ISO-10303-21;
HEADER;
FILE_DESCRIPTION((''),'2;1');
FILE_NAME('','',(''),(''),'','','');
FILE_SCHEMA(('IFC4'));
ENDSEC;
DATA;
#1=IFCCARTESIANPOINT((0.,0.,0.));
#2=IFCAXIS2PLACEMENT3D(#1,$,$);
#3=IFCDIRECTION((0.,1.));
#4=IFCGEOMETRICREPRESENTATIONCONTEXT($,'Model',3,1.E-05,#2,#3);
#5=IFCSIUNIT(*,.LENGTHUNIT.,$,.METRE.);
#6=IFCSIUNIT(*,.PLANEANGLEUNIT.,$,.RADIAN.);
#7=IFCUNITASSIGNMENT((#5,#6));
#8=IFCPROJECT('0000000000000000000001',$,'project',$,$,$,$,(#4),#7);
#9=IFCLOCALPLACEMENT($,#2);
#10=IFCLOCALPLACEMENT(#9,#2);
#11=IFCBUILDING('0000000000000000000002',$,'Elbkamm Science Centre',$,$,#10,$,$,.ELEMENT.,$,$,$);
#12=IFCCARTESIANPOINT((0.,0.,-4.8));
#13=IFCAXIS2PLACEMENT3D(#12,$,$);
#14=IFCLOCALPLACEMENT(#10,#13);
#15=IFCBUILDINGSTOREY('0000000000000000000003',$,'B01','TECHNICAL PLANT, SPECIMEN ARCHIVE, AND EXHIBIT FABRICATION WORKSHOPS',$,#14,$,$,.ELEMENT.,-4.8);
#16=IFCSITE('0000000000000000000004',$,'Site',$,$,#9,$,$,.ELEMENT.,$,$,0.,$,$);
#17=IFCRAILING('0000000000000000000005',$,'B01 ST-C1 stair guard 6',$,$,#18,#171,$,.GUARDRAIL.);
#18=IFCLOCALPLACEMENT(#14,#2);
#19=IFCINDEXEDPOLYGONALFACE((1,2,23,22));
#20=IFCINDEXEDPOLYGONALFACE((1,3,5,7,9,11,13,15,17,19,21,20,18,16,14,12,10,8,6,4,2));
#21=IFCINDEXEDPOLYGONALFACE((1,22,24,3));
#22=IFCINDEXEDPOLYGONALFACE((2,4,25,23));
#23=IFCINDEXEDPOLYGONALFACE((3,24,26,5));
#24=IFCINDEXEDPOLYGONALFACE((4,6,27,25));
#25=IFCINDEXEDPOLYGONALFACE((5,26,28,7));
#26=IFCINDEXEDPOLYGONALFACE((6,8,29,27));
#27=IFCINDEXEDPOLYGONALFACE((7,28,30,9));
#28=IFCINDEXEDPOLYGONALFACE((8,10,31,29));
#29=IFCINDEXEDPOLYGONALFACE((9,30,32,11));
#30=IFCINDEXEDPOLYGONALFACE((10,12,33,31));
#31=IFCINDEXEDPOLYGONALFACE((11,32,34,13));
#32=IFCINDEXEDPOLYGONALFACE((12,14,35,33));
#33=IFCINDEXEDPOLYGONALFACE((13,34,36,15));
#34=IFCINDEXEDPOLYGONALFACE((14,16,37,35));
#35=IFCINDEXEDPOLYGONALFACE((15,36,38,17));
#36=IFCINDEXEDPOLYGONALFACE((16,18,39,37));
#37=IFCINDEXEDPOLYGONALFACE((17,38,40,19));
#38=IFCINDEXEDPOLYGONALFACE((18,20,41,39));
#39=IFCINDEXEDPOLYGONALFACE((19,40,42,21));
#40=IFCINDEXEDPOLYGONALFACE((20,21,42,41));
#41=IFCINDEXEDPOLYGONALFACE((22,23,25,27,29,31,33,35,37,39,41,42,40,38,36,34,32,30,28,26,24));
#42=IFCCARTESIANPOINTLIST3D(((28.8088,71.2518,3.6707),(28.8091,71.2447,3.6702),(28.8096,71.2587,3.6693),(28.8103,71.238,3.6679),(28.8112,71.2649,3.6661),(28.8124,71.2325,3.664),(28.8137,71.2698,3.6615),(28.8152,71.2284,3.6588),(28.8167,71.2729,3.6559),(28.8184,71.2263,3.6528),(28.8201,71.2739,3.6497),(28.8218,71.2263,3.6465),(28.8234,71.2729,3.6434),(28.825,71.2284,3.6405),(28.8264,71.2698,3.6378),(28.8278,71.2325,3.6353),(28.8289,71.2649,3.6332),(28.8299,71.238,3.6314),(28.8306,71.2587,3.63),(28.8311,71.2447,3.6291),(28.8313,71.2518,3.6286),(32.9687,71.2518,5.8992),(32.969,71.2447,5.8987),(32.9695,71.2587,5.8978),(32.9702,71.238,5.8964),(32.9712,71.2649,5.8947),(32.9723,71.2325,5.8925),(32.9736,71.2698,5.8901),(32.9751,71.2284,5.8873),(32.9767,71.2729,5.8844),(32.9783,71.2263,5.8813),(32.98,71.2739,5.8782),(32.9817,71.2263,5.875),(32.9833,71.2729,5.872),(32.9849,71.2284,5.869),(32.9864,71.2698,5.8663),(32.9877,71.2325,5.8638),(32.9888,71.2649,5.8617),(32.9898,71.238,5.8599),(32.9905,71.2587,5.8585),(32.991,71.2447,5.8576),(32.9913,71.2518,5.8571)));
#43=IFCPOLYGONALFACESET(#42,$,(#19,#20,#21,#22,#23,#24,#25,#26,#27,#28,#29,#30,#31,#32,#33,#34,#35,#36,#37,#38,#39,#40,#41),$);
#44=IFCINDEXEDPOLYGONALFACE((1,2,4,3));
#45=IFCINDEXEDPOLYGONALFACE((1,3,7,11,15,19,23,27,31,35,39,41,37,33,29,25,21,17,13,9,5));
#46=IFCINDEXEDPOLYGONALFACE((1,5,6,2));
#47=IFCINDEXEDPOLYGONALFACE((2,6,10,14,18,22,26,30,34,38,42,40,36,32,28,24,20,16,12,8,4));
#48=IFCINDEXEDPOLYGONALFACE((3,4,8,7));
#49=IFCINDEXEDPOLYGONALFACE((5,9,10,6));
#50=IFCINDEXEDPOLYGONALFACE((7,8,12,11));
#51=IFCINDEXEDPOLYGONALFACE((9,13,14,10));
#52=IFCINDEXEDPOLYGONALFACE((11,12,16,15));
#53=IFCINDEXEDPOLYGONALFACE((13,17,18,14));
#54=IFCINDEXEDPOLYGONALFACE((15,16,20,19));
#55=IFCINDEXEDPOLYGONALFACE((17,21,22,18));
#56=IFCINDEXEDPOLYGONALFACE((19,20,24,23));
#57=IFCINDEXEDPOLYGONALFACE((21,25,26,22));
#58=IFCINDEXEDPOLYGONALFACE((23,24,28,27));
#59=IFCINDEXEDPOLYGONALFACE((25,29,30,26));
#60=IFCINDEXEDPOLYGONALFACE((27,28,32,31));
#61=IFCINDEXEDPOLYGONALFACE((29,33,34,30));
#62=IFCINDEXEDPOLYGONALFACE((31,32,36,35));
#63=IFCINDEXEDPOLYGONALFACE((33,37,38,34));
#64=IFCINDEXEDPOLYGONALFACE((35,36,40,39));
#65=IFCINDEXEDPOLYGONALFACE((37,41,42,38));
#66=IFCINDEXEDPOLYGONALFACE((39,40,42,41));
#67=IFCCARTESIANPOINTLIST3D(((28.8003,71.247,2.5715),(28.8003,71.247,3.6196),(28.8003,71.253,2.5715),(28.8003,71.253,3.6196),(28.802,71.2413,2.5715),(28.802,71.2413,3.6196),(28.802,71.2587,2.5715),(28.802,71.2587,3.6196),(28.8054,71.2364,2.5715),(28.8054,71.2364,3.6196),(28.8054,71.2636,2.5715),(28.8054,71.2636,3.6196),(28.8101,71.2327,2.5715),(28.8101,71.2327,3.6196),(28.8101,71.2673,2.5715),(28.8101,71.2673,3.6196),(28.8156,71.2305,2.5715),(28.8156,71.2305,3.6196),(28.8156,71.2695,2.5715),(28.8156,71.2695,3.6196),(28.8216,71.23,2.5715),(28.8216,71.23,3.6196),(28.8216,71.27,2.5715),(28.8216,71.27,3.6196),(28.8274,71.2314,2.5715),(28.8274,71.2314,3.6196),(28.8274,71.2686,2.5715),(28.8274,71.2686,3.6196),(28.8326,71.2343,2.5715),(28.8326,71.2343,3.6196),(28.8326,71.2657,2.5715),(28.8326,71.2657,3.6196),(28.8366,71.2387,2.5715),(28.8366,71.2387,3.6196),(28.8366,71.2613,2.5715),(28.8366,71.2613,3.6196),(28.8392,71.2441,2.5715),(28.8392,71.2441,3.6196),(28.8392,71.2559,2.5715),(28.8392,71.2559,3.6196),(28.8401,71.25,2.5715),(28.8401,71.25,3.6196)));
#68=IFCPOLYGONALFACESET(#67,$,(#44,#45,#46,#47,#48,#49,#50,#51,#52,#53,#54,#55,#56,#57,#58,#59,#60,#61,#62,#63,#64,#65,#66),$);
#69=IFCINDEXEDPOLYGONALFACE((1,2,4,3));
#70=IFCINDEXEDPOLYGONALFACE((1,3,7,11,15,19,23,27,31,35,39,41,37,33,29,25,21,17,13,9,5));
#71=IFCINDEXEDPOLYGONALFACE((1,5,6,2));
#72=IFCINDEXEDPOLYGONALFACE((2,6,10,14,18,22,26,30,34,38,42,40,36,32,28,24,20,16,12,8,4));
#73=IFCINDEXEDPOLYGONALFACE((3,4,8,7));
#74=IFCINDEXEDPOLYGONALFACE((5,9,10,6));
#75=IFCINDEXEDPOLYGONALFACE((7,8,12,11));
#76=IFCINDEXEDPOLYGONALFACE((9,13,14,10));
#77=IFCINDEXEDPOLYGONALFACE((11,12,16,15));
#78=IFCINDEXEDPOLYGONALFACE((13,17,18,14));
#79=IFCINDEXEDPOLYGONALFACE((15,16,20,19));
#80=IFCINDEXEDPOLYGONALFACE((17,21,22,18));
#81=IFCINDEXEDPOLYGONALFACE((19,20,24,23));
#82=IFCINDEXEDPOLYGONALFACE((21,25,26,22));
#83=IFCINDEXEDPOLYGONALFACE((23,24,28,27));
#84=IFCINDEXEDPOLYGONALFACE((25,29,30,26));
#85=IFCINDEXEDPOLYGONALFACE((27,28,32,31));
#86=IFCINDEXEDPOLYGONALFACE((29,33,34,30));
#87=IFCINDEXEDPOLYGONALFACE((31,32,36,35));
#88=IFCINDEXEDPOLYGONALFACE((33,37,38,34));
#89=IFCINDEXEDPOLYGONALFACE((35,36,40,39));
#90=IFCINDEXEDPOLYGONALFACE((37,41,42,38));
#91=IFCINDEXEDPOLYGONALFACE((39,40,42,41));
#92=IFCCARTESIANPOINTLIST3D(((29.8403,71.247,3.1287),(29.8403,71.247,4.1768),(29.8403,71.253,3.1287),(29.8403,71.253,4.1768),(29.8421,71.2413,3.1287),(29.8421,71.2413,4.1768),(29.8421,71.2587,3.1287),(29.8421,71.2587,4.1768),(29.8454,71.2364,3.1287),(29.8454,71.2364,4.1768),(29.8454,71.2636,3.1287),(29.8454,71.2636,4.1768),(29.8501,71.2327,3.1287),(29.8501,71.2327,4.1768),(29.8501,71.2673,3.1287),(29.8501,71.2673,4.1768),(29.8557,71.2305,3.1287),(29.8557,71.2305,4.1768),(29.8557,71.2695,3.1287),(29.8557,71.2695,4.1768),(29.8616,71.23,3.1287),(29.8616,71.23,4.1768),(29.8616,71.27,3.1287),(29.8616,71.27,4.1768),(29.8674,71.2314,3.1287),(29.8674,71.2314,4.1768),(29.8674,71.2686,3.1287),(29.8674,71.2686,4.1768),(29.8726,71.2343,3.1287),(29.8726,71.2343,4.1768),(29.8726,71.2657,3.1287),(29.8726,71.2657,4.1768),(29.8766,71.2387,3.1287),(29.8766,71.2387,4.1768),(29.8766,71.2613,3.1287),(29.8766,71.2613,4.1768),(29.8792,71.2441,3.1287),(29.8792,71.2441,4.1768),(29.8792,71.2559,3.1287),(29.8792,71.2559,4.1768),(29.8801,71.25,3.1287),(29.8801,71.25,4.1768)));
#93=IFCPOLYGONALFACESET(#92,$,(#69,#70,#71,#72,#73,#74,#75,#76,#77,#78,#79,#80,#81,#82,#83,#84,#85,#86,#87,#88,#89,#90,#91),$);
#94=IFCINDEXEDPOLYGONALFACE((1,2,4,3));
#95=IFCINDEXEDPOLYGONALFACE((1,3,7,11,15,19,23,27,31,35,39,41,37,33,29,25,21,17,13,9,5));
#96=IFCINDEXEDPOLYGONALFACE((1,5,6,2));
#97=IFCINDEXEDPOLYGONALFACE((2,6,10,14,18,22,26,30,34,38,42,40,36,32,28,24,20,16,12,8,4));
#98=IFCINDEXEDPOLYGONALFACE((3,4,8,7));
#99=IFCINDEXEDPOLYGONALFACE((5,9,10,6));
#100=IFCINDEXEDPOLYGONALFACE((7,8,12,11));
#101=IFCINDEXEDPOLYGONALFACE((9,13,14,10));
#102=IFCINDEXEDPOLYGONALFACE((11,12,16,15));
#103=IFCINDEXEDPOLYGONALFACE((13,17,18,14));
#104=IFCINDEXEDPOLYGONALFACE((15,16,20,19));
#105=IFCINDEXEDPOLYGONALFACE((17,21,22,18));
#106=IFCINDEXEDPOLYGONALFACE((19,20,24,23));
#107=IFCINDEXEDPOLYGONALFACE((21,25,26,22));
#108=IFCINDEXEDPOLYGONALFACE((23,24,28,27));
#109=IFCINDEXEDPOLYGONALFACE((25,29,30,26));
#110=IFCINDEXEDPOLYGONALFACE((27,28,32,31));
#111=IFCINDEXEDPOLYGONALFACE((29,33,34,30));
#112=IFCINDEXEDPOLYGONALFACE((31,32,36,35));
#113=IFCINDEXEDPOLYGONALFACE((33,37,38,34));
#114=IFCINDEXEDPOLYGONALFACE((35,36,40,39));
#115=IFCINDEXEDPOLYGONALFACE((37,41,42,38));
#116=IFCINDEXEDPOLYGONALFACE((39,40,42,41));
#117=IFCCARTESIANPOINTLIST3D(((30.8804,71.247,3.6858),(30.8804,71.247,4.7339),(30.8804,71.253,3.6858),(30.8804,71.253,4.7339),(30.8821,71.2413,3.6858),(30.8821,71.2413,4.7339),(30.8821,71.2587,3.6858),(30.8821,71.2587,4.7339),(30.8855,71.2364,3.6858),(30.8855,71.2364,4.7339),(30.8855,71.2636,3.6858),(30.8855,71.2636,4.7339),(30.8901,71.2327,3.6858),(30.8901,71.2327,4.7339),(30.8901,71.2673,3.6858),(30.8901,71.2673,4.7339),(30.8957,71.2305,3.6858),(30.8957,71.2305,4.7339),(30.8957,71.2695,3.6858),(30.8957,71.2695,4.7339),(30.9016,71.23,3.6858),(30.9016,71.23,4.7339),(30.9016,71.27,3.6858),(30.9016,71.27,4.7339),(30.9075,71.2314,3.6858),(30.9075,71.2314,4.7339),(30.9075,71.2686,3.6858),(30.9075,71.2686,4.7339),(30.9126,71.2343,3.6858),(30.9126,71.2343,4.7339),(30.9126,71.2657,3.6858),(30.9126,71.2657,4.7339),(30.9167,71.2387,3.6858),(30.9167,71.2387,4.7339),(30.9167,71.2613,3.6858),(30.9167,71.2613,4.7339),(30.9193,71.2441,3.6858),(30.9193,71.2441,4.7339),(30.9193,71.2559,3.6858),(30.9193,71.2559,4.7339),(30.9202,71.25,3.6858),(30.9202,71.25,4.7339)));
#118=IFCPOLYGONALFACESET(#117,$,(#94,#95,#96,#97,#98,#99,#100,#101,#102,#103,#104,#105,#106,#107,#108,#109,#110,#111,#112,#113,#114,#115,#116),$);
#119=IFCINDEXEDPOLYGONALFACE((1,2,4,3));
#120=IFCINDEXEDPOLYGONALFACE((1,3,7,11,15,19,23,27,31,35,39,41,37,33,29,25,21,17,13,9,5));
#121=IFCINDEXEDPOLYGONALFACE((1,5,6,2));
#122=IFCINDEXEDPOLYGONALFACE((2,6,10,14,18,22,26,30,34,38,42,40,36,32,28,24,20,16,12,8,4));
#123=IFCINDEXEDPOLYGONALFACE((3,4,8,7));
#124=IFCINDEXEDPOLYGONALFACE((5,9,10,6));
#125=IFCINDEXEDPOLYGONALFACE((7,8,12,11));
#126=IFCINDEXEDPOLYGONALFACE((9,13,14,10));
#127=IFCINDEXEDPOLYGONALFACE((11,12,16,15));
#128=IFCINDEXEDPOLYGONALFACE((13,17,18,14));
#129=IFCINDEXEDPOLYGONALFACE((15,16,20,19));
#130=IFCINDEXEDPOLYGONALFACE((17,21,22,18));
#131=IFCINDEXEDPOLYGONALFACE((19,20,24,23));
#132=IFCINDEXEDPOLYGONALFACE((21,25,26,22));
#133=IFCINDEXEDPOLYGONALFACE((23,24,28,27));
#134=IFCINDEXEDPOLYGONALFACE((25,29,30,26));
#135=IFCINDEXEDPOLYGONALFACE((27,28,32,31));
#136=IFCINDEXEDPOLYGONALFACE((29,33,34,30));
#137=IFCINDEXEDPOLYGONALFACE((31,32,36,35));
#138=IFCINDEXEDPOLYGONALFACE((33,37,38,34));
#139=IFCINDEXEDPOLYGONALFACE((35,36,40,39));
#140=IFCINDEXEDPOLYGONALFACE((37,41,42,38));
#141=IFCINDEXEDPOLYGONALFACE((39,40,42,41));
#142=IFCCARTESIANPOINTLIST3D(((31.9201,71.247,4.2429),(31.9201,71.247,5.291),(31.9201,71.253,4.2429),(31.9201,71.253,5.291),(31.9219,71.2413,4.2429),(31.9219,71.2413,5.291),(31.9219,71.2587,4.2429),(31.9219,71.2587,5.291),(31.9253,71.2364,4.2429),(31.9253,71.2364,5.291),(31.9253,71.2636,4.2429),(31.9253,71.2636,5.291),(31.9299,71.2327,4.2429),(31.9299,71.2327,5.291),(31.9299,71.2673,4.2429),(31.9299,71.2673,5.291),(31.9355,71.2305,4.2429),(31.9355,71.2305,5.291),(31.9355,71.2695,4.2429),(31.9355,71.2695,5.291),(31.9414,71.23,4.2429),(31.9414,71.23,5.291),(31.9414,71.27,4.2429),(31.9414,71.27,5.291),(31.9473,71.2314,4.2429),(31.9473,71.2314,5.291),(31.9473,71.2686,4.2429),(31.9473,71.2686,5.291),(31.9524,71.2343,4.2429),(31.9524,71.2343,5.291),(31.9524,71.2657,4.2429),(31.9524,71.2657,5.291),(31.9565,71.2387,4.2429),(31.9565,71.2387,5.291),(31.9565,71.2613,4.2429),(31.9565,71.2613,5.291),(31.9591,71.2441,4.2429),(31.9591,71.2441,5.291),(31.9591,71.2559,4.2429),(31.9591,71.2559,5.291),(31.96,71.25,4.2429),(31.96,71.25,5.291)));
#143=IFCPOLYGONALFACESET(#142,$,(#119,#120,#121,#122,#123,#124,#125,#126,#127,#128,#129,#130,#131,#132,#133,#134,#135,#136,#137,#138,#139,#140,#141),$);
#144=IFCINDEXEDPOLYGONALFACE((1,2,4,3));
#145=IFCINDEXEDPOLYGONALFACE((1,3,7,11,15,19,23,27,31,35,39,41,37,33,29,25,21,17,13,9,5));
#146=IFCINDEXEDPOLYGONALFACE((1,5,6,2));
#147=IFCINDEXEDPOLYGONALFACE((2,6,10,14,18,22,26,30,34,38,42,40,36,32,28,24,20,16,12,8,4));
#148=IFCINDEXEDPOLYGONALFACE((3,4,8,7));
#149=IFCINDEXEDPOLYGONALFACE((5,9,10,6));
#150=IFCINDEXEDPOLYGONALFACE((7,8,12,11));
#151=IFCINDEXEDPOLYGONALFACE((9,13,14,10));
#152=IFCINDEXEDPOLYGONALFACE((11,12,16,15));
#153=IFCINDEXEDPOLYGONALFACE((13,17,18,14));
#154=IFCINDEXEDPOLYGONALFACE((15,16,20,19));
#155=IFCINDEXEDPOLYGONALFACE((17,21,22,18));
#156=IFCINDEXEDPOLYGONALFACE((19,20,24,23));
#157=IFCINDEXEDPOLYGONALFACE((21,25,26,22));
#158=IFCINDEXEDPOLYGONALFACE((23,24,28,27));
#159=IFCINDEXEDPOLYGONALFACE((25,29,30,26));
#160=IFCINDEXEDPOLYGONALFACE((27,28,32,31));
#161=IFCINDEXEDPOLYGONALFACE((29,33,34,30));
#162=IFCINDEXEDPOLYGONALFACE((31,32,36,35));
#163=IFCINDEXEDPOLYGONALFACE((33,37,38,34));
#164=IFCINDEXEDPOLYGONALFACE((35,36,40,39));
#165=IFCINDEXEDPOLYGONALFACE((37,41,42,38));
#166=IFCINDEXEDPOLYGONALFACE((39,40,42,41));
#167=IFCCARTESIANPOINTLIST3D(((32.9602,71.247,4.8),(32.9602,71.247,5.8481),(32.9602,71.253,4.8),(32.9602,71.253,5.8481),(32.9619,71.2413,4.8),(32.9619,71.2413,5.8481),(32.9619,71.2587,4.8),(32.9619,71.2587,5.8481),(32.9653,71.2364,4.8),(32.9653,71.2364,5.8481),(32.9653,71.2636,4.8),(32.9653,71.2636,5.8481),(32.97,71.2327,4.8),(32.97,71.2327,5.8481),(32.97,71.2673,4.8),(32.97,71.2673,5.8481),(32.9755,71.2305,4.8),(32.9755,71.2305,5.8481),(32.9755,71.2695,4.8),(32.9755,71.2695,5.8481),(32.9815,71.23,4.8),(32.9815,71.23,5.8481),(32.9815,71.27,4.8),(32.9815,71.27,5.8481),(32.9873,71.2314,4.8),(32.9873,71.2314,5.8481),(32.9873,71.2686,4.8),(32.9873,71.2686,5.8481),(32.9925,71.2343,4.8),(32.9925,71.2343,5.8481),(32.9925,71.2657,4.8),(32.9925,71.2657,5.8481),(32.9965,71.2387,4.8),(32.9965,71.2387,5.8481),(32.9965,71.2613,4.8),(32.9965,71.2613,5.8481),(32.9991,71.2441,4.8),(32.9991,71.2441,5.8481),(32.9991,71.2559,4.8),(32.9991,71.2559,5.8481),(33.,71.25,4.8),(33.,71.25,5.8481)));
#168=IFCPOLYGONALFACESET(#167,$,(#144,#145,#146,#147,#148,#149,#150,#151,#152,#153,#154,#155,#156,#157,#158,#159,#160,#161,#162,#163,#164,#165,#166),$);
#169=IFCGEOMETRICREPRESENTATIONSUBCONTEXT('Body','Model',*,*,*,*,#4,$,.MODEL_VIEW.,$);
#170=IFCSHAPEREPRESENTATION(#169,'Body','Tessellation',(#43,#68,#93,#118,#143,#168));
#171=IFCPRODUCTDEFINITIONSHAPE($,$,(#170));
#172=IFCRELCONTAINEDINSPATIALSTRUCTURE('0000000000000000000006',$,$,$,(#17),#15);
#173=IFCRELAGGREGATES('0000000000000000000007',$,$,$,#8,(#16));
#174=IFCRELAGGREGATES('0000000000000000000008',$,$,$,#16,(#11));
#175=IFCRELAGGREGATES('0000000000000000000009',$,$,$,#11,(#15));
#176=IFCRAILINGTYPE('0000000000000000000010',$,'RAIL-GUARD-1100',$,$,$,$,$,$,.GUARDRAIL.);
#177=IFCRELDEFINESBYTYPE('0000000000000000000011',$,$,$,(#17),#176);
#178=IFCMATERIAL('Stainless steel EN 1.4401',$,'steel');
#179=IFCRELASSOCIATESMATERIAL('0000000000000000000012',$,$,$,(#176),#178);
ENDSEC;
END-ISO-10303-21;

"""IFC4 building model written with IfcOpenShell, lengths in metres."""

from ifc_helpers import new_model, si_unit, direction, frame, origin, origin_2d, place, context, subcontext, project, spatial, circle, extrude, material, type_object, element, save


model = new_model("IFC4")

# Units and contexts
model_context = context("Model", 3, precision=1e-05, world=origin(), true_north=direction((0.0, 1.0)))
body_context = subcontext(model_context, "Body", "Model", "MODEL_VIEW")
ifc_project = project(units=[si_unit("LENGTHUNIT", "METRE"), si_unit("PLANEANGLEUNIT", "RADIAN")], contexts=[model_context])

# Site, building, storey
site_placement = place(None, origin())
site = spatial("IfcSite", under=ifc_project, at=site_placement, Name="Site", CompositionType="ELEMENT", RefElevation=0.0)
building_placement = place(site_placement, origin())
building = spatial("IfcBuilding", under=site, at=building_placement, Name="Elbkamm Science Centre", CompositionType="ELEMENT")
storey_placement = place(building_placement, frame((0.0, 0.0, -4.8)))
storey = spatial("IfcBuildingStorey", under=building, at=storey_placement, Name="B01", Description="TECHNICAL PLANT, SPECIMEN ARCHIVE, AND EXHIBIT FABRICATION WORKSHOPS", CompositionType="ELEMENT", Elevation=-4.8)

# Railing
ifc_material_1 = material(Name="Stainless steel EN 1.4401", Category="steel")
railing_type_1 = type_object("IfcRailingType", Name="RAIL-GUARD-1100", PredefinedType="GUARDRAIL", material=ifc_material_1)
railing_1_placement = place(storey_placement, frame((28.8201, 71.25, 2.5715)))
element("IfcRailing", 1, at=railing_1_placement, inside=storey, type_object=railing_type_1, Name="B01 ST-C1 stair guard 6", PredefinedType="GUARDRAIL", context=body_context, shape_type="SweptSolid", body=[
    extrude(circle(Radius=0.0239, at=origin_2d()), frame((0.0, 0.0, 1.0781), z_axis=(0.881481, 0.0, 0.47222), x_axis=(0.0, 1.0, 0.0)), (0.0, 0.0, 1.0), 4.7192),
    extrude(circle(Radius=0.02, at=origin_2d()), origin(), (0.0, 0.0, 1.0), 1.0481),
    extrude(circle(Radius=0.02, at=origin_2d()), frame((1.04, 0.0, 0.5571)), (0.0, 0.0, 1.0), 1.0481),
    extrude(circle(Radius=0.02, at=origin_2d()), frame((2.0801, 0.0, 1.1143)), (0.0, 0.0, 1.0), 1.0481),
    extrude(circle(Radius=0.02, at=origin_2d()), frame((3.1199, 0.0, 1.6714)), (0.0, 0.0, 1.0), 1.0481),
    extrude(circle(Radius=0.02, at=origin_2d()), frame((4.1599, 0.0, 2.2285)), (0.0, 0.0, 1.0), 1.0481),
])

save(model, "model.ifc")
